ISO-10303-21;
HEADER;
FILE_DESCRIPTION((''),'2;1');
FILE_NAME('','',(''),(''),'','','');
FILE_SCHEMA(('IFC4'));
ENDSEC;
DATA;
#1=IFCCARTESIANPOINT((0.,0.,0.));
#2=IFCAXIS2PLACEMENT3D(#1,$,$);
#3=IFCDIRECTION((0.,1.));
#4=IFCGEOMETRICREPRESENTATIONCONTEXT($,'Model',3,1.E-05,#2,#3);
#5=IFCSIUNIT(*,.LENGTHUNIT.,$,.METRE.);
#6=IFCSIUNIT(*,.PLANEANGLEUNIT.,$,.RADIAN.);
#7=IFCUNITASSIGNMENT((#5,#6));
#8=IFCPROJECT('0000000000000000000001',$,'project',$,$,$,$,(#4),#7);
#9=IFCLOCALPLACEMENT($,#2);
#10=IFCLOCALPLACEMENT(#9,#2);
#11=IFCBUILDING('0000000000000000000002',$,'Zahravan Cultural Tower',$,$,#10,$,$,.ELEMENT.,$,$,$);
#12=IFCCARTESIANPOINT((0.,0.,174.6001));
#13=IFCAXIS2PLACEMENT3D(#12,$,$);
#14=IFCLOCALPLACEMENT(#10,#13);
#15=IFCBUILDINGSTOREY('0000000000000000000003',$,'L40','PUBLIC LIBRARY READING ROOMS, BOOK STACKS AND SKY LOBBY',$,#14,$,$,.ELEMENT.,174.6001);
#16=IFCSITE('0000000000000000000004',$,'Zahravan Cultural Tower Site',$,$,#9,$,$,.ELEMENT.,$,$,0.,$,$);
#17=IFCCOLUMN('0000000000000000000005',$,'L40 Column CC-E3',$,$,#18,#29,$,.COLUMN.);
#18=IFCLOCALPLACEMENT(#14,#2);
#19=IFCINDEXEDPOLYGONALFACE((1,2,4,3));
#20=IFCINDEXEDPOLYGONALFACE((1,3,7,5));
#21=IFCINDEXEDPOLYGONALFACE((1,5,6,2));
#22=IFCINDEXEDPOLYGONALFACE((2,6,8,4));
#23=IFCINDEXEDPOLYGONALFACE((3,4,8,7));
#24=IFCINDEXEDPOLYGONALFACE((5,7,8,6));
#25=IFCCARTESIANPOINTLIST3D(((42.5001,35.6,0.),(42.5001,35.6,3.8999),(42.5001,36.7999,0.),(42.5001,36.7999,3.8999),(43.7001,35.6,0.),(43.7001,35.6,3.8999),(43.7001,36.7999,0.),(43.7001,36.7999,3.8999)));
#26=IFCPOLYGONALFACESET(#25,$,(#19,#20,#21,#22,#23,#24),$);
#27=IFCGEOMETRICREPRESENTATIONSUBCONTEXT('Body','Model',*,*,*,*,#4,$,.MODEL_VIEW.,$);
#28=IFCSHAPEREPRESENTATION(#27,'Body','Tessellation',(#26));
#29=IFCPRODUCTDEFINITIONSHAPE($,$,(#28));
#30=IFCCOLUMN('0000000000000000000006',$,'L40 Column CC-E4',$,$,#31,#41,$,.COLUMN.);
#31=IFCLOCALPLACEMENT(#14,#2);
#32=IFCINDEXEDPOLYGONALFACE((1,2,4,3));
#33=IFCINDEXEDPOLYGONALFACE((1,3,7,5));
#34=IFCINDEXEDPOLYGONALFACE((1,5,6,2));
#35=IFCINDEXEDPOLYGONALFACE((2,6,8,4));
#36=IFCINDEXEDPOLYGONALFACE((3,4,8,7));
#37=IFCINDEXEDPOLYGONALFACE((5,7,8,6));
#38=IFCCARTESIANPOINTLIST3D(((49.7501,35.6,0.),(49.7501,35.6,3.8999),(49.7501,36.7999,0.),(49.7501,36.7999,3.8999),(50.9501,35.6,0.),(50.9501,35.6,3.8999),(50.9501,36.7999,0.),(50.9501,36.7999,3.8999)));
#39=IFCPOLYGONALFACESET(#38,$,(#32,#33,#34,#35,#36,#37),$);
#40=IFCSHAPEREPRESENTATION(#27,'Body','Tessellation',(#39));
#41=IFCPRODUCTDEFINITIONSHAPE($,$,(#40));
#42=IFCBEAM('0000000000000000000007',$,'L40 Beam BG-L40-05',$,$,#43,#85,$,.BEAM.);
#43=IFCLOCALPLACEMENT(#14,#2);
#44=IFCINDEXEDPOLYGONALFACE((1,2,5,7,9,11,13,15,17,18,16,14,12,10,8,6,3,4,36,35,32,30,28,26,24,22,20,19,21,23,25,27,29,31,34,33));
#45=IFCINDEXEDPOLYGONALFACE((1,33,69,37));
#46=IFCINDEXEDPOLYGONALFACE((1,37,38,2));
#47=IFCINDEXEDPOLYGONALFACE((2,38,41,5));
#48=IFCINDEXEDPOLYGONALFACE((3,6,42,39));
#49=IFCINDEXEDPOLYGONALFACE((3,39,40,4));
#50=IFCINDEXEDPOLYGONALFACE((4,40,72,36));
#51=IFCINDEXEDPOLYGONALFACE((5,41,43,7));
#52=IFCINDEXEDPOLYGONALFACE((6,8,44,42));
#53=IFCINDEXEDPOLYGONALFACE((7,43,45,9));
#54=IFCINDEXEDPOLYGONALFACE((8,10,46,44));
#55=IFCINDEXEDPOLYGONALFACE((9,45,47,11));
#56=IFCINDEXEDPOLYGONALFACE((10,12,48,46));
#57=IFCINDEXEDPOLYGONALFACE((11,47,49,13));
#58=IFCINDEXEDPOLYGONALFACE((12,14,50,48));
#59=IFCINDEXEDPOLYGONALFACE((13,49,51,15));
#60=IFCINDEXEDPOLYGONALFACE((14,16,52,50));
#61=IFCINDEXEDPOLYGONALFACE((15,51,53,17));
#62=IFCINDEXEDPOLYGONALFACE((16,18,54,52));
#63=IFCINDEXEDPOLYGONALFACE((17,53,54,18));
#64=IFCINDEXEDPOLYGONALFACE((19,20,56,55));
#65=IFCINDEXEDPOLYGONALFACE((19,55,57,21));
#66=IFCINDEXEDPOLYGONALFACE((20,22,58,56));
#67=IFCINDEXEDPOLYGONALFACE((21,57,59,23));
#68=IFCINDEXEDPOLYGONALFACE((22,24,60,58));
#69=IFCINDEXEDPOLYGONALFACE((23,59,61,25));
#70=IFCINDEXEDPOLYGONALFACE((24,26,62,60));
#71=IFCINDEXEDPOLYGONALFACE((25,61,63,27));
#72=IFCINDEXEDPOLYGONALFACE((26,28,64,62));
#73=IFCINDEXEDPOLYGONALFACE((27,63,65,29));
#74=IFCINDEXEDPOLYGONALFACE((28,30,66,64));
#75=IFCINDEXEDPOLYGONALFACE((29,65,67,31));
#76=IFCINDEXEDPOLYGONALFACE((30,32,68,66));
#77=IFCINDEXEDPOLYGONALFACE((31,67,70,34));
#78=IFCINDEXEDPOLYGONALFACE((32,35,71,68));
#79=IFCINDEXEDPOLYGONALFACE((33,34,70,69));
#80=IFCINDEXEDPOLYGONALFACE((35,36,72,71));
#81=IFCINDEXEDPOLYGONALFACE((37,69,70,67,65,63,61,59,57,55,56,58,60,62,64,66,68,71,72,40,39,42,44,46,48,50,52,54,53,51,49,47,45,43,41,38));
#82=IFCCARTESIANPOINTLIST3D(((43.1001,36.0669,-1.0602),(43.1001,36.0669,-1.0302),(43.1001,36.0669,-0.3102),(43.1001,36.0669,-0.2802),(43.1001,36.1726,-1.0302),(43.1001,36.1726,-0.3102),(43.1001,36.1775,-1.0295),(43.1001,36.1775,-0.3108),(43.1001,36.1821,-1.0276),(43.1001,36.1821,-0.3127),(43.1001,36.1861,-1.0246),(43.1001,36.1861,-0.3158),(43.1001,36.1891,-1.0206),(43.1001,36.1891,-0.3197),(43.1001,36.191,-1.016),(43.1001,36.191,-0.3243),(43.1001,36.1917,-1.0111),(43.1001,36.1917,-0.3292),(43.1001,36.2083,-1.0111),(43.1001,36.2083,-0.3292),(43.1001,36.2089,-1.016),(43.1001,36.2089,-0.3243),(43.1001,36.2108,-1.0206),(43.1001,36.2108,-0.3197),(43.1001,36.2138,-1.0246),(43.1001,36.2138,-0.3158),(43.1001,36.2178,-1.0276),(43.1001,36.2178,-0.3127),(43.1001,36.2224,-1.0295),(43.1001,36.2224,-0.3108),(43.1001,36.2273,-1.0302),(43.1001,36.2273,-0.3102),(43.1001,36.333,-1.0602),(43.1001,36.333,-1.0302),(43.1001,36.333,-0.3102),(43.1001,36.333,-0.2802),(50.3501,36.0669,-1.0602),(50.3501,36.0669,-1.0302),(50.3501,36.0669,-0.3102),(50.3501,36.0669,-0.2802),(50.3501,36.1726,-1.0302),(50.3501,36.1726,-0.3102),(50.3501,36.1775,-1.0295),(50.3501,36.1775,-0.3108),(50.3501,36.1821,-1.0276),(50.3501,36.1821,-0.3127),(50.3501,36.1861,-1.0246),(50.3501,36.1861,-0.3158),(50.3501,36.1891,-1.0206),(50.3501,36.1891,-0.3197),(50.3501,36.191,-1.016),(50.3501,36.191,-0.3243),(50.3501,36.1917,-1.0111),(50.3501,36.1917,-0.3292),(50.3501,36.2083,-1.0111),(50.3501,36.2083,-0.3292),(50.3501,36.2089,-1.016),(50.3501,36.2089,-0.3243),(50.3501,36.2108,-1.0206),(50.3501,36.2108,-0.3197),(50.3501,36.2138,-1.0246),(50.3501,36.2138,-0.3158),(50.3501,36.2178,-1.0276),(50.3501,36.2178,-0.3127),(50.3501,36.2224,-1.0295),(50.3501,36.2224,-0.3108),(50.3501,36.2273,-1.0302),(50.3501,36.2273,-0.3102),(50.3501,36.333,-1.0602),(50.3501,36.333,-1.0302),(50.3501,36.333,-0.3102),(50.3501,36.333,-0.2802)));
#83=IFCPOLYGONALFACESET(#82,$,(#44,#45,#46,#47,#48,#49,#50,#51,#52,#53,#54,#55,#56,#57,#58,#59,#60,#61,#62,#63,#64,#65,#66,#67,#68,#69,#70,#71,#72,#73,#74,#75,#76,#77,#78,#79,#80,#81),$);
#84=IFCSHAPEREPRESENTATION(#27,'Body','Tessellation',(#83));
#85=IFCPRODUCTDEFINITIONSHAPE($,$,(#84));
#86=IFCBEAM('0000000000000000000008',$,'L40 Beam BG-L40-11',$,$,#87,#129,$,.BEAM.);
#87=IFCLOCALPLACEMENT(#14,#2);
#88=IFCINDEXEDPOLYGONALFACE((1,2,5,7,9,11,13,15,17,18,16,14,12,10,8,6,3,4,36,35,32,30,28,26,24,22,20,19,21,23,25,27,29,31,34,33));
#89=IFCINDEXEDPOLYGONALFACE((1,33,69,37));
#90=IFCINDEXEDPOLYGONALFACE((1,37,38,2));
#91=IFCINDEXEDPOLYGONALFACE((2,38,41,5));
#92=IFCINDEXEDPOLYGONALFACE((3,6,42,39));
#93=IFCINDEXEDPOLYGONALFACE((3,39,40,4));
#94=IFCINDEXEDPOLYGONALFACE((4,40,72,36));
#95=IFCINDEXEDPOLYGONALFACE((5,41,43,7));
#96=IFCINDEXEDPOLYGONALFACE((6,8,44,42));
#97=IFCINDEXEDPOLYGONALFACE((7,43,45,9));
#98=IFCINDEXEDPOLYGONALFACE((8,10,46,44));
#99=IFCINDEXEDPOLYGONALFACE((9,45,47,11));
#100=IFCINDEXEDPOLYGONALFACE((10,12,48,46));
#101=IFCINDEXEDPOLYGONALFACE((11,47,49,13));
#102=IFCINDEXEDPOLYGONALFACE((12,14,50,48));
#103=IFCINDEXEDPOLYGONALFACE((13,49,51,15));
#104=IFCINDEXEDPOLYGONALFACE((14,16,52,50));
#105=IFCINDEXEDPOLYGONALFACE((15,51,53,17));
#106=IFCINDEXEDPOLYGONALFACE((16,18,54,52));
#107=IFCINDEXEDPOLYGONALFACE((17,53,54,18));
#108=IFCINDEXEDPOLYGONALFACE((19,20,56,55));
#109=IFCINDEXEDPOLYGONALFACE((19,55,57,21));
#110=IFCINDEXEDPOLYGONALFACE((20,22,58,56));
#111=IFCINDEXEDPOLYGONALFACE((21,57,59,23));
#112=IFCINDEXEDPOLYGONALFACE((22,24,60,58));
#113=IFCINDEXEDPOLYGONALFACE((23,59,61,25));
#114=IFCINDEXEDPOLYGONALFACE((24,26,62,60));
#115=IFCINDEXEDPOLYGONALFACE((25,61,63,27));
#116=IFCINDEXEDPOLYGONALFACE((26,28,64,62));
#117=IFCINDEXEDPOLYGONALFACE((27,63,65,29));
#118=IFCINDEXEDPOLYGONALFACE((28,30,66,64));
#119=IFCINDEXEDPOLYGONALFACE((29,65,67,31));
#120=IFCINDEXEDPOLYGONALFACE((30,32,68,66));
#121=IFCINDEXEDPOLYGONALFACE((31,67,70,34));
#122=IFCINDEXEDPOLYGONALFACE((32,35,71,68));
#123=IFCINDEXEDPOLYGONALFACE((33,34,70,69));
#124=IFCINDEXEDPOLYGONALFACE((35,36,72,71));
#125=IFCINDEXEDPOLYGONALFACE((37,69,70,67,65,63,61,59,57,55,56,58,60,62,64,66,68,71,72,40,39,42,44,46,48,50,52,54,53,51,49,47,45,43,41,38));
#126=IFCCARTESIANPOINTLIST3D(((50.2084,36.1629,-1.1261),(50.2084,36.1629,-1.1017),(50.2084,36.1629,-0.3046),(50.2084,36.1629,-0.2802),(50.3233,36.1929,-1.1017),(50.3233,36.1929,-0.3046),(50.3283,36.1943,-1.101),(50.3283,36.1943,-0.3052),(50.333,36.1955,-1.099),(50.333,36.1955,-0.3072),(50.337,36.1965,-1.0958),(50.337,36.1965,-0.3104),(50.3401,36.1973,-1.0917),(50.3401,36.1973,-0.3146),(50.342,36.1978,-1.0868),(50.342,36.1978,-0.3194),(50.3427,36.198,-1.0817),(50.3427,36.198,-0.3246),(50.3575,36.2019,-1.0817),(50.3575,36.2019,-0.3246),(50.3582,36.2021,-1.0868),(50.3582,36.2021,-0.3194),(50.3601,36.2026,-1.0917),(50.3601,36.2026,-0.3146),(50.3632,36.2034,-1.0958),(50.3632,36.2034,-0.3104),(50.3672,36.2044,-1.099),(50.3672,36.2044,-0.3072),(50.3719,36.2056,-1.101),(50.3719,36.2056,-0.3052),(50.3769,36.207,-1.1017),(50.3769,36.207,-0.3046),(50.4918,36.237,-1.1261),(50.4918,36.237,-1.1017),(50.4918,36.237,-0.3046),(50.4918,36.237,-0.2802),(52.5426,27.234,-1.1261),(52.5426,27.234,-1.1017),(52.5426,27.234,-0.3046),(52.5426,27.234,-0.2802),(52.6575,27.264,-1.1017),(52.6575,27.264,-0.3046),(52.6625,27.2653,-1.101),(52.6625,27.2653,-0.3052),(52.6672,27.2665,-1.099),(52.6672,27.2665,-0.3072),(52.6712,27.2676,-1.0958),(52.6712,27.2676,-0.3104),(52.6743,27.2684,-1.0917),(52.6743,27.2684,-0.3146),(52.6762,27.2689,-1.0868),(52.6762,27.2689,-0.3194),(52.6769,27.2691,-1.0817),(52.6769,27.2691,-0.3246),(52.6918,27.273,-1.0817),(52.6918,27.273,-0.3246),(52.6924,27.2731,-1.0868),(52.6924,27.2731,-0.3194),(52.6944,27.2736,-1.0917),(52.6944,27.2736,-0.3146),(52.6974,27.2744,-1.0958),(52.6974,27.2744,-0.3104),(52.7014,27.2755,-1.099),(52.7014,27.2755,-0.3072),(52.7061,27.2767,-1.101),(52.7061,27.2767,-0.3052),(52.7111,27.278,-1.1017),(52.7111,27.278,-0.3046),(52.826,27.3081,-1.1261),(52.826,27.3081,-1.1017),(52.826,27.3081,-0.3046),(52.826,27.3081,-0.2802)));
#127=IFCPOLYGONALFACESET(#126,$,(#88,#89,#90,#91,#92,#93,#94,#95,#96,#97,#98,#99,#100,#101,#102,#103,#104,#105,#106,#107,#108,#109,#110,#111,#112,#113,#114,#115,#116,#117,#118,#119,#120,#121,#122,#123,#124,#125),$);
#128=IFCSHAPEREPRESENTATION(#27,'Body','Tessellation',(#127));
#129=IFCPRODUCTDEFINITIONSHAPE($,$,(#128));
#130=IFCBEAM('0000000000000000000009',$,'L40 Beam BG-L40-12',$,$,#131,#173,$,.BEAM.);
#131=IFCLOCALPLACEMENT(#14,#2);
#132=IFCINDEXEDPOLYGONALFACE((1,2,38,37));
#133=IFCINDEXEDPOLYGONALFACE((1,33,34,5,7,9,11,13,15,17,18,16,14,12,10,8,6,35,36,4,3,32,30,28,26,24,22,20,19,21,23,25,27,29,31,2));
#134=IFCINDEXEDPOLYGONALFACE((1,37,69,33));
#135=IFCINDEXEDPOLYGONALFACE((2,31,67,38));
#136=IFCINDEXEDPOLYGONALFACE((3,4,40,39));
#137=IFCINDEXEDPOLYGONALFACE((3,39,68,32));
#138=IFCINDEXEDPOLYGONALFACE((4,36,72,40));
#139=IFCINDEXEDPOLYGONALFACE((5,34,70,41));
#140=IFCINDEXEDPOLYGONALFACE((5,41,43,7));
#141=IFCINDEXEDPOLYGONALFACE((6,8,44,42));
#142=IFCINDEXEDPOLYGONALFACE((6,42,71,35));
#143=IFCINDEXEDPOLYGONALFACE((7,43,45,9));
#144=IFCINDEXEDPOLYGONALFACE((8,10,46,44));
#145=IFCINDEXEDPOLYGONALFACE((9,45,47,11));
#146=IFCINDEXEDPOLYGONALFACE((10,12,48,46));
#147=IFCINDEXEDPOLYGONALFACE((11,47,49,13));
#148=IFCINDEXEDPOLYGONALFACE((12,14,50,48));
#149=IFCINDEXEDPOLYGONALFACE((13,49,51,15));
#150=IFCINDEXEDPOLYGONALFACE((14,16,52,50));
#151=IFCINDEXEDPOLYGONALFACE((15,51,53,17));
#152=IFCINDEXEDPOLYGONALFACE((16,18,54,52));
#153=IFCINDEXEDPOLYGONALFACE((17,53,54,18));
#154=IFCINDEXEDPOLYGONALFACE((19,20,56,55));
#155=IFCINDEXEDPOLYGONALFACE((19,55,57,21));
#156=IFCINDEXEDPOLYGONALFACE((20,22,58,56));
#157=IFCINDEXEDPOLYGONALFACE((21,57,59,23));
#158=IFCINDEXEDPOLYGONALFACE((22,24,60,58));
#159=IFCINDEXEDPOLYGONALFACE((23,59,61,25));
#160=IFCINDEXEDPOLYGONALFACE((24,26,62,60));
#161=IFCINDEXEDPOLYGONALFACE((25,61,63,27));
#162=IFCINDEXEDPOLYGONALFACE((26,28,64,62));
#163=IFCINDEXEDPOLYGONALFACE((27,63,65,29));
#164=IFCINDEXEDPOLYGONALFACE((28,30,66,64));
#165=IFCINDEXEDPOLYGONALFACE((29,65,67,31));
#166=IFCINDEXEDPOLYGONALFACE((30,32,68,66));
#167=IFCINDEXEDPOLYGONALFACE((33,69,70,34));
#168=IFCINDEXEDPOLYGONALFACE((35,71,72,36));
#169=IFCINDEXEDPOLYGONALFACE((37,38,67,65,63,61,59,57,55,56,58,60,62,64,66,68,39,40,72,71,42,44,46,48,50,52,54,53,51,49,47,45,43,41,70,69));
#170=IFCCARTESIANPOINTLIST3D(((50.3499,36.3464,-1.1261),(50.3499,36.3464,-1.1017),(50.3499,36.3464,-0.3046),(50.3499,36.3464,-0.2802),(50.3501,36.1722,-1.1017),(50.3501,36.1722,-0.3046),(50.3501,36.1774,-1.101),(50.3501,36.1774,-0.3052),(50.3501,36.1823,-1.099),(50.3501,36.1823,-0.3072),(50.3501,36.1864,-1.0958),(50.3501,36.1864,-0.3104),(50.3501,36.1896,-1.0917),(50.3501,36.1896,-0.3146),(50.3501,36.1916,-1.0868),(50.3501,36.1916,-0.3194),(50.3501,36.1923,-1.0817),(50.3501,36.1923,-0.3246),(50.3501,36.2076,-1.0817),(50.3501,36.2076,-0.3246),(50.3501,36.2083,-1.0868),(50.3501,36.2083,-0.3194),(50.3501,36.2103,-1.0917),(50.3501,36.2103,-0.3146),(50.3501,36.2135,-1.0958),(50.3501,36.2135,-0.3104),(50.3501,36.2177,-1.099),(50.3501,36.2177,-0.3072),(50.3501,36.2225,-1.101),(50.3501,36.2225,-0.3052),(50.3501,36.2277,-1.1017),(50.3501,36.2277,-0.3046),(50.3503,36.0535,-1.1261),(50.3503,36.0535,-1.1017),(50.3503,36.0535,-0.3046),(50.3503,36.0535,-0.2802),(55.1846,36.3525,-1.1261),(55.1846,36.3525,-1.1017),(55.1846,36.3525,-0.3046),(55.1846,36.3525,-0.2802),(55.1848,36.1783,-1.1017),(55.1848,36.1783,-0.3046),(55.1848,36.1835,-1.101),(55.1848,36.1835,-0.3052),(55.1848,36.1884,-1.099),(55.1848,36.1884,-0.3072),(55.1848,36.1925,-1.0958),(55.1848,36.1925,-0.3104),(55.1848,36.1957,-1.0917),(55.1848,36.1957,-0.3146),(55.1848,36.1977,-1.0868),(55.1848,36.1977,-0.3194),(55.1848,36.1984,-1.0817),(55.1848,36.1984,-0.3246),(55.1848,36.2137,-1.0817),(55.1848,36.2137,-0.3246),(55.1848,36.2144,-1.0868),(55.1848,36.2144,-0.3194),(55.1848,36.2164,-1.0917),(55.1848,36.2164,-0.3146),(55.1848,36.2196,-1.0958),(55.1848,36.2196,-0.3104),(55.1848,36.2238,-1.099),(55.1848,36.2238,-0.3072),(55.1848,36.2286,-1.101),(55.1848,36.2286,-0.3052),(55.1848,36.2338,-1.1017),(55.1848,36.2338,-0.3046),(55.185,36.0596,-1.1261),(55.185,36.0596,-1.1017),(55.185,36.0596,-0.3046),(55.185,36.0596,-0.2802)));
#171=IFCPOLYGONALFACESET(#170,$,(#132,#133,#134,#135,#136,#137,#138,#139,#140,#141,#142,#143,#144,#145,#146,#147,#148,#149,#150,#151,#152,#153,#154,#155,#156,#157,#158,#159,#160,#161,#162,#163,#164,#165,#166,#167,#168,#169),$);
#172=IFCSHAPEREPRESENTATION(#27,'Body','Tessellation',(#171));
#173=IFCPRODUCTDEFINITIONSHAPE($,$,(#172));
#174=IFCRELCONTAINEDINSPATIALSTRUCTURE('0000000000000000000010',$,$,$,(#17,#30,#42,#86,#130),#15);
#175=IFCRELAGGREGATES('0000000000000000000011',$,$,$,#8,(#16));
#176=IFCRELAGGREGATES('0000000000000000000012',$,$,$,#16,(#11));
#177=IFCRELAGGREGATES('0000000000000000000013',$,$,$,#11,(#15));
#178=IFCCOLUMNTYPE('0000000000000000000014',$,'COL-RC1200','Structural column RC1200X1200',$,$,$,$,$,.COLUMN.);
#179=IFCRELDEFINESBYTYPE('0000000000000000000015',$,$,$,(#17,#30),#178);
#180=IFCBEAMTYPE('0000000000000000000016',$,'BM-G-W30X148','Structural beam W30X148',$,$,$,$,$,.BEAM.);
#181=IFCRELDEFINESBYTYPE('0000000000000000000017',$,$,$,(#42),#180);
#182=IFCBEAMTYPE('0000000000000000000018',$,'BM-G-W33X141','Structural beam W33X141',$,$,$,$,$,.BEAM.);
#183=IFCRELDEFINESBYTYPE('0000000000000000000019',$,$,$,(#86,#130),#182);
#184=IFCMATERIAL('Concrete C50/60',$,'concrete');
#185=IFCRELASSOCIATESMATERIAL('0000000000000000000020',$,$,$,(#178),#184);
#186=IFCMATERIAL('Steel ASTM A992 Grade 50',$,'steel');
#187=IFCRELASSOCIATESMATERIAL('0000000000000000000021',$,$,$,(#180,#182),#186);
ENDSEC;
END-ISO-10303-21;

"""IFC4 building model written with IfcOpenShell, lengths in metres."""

from ifc_helpers import new_model, si_unit, direction, frame, origin, origin_2d, place, context, subcontext, project, spatial, rectangle, i_section, extrude, source, transform, mapped, material, material_profile, profile_set, type_object, element, save


model = new_model("IFC4")

# Units and contexts
model_context = context("Model", 3, precision=1e-05, world=origin(), true_north=direction((0.0, 1.0)))
body_context = subcontext(model_context, "Body", "Model", "MODEL_VIEW")
ifc_project = project(units=[si_unit("LENGTHUNIT", "METRE"), si_unit("PLANEANGLEUNIT", "RADIAN")], contexts=[model_context])

# Site, building, storey
site_placement = place(None, origin())
site = spatial("IfcSite", under=ifc_project, at=site_placement, Name="Zahravan Cultural Tower Site", CompositionType="ELEMENT", RefElevation=0.0)
building_placement = place(site_placement, origin())
building = spatial("IfcBuilding", under=site, at=building_placement, Name="Zahravan Cultural Tower", CompositionType="ELEMENT")
storey_placement = place(building_placement, frame((0.0, 0.0, 174.6001)))
storey = spatial("IfcBuildingStorey", under=building, at=storey_placement, Name="L40", Description="PUBLIC LIBRARY READING ROOMS, BOOK STACKS AND SKY LOBBY", CompositionType="ELEMENT", Elevation=174.6001)

# Columns
ifc_material_1 = material(Name="Concrete C50/60", Category="concrete")
ifc_material_profile_1 = material_profile(ifc_material_1, rectangle(XDim=1.2, YDim=1.2, at=origin_2d()), Name="RC1200X1200")
ifc_profile_set_1 = profile_set([ifc_material_profile_1], Name="Concrete C50/60")
column_type = type_object("IfcColumnType", Name="COL-RC1200", Description="Structural column RC1200X1200", PredefinedType="COLUMN", material=ifc_profile_set_1)
shared_shape_1 = source(origin(), body_context, "Body", "SweptSolid", [
    extrude(rectangle(XDim=1.2, YDim=1.2, at=origin_2d()), origin(), (0.0, 0.0, 1.0), 3.8999),
])
for number, where, z_axis, x_axis, name in (
    (1, (43.1001, 36.2, 0.0), (0.0, 0.0, 1.0), (1.0, 0.0, 0.0), "L40 Column CC-E3"),
    (2, (50.3501, 36.2, 0.0), (0.0, 0.0, 1.0), (1.0, 0.0, 0.0), "L40 Column CC-E4"),
):
    element("IfcColumn", number, at=place(storey_placement, frame(where, z_axis=z_axis, x_axis=x_axis)), inside=storey, type_object=column_type, Name=name, PredefinedType="COLUMN", context=body_context, shape_type="MappedRepresentation", body=[
        mapped(shared_shape_1, transform((0.0, 0.0, 0.0), x_axis=(1.0, 0.0, 0.0), y_axis=(0.0, 1.0, 0.0), z_axis=(0.0, 0.0, 1.0), scale=1.0)),
    ])

# Beams
ifc_material_2 = material(Name="Steel ASTM A992 Grade 50", Category="steel")
ifc_material_profile_2 = material_profile(ifc_material_2, i_section(OverallWidth=0.2661, OverallDepth=0.78, WebThickness=0.0166, FlangeThickness=0.03, FilletRadius=0.019, at=origin_2d()), Name="W30X148")
ifc_profile_set_2 = profile_set([ifc_material_profile_2], Name="Steel ASTM A992 Grade 50")
beam_type_1 = type_object("IfcBeamType", Name="BM-G-W30X148", Description="Structural beam W30X148", PredefinedType="BEAM", material=ifc_profile_set_2)
shared_shape_2 = source(origin(), body_context, "Body", "SweptSolid", [
    extrude(i_section(OverallWidth=0.2661, OverallDepth=0.78, WebThickness=0.0166, FlangeThickness=0.03, FilletRadius=0.019, at=origin_2d()), origin(), (0.0, 0.0, 1.0), 7.25),
])
beam_1_placement = place(storey_placement, frame((43.1001, 36.2, -0.6702), z_axis=(1.0, 0.0, 0.0), x_axis=(0.0, 1.0, 0.0)))
element("IfcBeam", 3, at=beam_1_placement, inside=storey, type_object=beam_type_1, Name="L40 Beam BG-L40-05", PredefinedType="BEAM", context=body_context, shape_type="MappedRepresentation", body=[
    mapped(shared_shape_2, transform((0.0, 0.0, 0.0), x_axis=(1.0, 0.0, 0.0), y_axis=(0.0, 1.0, 0.0), z_axis=(0.0, 0.0, 1.0), scale=1.0)),
])
ifc_material_profile_3 = material_profile(ifc_material_2, i_section(OverallWidth=0.293, OverallDepth=0.8459, WebThickness=0.0154, FlangeThickness=0.0244, FilletRadius=0.02, at=origin_2d()), Name="W33X141")
ifc_profile_set_3 = profile_set([ifc_material_profile_3], Name="Steel ASTM A992 Grade 50")
beam_type_2 = type_object("IfcBeamType", Name="BM-G-W33X141", Description="Structural beam W33X141", PredefinedType="BEAM", material=ifc_profile_set_3)
shared_shape_3 = source(origin(), body_context, "Body", "SweptSolid", [
    extrude(i_section(OverallWidth=0.293, OverallDepth=0.8459, WebThickness=0.0154, FlangeThickness=0.0244, FilletRadius=0.02, at=origin_2d()), origin(), (0.0, 0.0, 1.0), 9.229),
])
beam_2_placement = place(storey_placement, frame((50.3501, 36.2, -0.7031), z_axis=(0.252923, -0.967487, 0.0), x_axis=(0.967487, 0.252923, 0.0)))
element("IfcBeam", 4, at=beam_2_placement, inside=storey, type_object=beam_type_2, Name="L40 Beam BG-L40-11", PredefinedType="BEAM", context=body_context, shape_type="MappedRepresentation", body=[
    mapped(shared_shape_3, transform((0.0, 0.0, 0.0), x_axis=(1.0, 0.0, 0.0), y_axis=(0.0, 1.0, 0.0), z_axis=(0.0, 0.0, 1.0), scale=1.0)),
])
shared_shape_4 = source(origin(), body_context, "Body", "SweptSolid", [
    extrude(i_section(OverallWidth=0.293, OverallDepth=0.8459, WebThickness=0.0154, FlangeThickness=0.0244, FilletRadius=0.02, at=origin_2d()), origin(), (0.0, 0.0, 1.0), 4.8347),
])
beam_3_placement = place(storey_placement, frame((50.3501, 36.2, -0.7031), z_axis=(0.999999, 0.001262, 0.0), x_axis=(-0.001262, 0.999999, 0.0)))
element("IfcBeam", 5, at=beam_3_placement, inside=storey, type_object=beam_type_2, Name="L40 Beam BG-L40-12", PredefinedType="BEAM", context=body_context, shape_type="MappedRepresentation", body=[
    mapped(shared_shape_4, transform((0.0, 0.0, 0.0), x_axis=(1.0, 0.0, 0.0), y_axis=(0.0, 1.0, 0.0), z_axis=(0.0, 0.0, 1.0), scale=1.0)),
])

save(model, "model.ifc")
